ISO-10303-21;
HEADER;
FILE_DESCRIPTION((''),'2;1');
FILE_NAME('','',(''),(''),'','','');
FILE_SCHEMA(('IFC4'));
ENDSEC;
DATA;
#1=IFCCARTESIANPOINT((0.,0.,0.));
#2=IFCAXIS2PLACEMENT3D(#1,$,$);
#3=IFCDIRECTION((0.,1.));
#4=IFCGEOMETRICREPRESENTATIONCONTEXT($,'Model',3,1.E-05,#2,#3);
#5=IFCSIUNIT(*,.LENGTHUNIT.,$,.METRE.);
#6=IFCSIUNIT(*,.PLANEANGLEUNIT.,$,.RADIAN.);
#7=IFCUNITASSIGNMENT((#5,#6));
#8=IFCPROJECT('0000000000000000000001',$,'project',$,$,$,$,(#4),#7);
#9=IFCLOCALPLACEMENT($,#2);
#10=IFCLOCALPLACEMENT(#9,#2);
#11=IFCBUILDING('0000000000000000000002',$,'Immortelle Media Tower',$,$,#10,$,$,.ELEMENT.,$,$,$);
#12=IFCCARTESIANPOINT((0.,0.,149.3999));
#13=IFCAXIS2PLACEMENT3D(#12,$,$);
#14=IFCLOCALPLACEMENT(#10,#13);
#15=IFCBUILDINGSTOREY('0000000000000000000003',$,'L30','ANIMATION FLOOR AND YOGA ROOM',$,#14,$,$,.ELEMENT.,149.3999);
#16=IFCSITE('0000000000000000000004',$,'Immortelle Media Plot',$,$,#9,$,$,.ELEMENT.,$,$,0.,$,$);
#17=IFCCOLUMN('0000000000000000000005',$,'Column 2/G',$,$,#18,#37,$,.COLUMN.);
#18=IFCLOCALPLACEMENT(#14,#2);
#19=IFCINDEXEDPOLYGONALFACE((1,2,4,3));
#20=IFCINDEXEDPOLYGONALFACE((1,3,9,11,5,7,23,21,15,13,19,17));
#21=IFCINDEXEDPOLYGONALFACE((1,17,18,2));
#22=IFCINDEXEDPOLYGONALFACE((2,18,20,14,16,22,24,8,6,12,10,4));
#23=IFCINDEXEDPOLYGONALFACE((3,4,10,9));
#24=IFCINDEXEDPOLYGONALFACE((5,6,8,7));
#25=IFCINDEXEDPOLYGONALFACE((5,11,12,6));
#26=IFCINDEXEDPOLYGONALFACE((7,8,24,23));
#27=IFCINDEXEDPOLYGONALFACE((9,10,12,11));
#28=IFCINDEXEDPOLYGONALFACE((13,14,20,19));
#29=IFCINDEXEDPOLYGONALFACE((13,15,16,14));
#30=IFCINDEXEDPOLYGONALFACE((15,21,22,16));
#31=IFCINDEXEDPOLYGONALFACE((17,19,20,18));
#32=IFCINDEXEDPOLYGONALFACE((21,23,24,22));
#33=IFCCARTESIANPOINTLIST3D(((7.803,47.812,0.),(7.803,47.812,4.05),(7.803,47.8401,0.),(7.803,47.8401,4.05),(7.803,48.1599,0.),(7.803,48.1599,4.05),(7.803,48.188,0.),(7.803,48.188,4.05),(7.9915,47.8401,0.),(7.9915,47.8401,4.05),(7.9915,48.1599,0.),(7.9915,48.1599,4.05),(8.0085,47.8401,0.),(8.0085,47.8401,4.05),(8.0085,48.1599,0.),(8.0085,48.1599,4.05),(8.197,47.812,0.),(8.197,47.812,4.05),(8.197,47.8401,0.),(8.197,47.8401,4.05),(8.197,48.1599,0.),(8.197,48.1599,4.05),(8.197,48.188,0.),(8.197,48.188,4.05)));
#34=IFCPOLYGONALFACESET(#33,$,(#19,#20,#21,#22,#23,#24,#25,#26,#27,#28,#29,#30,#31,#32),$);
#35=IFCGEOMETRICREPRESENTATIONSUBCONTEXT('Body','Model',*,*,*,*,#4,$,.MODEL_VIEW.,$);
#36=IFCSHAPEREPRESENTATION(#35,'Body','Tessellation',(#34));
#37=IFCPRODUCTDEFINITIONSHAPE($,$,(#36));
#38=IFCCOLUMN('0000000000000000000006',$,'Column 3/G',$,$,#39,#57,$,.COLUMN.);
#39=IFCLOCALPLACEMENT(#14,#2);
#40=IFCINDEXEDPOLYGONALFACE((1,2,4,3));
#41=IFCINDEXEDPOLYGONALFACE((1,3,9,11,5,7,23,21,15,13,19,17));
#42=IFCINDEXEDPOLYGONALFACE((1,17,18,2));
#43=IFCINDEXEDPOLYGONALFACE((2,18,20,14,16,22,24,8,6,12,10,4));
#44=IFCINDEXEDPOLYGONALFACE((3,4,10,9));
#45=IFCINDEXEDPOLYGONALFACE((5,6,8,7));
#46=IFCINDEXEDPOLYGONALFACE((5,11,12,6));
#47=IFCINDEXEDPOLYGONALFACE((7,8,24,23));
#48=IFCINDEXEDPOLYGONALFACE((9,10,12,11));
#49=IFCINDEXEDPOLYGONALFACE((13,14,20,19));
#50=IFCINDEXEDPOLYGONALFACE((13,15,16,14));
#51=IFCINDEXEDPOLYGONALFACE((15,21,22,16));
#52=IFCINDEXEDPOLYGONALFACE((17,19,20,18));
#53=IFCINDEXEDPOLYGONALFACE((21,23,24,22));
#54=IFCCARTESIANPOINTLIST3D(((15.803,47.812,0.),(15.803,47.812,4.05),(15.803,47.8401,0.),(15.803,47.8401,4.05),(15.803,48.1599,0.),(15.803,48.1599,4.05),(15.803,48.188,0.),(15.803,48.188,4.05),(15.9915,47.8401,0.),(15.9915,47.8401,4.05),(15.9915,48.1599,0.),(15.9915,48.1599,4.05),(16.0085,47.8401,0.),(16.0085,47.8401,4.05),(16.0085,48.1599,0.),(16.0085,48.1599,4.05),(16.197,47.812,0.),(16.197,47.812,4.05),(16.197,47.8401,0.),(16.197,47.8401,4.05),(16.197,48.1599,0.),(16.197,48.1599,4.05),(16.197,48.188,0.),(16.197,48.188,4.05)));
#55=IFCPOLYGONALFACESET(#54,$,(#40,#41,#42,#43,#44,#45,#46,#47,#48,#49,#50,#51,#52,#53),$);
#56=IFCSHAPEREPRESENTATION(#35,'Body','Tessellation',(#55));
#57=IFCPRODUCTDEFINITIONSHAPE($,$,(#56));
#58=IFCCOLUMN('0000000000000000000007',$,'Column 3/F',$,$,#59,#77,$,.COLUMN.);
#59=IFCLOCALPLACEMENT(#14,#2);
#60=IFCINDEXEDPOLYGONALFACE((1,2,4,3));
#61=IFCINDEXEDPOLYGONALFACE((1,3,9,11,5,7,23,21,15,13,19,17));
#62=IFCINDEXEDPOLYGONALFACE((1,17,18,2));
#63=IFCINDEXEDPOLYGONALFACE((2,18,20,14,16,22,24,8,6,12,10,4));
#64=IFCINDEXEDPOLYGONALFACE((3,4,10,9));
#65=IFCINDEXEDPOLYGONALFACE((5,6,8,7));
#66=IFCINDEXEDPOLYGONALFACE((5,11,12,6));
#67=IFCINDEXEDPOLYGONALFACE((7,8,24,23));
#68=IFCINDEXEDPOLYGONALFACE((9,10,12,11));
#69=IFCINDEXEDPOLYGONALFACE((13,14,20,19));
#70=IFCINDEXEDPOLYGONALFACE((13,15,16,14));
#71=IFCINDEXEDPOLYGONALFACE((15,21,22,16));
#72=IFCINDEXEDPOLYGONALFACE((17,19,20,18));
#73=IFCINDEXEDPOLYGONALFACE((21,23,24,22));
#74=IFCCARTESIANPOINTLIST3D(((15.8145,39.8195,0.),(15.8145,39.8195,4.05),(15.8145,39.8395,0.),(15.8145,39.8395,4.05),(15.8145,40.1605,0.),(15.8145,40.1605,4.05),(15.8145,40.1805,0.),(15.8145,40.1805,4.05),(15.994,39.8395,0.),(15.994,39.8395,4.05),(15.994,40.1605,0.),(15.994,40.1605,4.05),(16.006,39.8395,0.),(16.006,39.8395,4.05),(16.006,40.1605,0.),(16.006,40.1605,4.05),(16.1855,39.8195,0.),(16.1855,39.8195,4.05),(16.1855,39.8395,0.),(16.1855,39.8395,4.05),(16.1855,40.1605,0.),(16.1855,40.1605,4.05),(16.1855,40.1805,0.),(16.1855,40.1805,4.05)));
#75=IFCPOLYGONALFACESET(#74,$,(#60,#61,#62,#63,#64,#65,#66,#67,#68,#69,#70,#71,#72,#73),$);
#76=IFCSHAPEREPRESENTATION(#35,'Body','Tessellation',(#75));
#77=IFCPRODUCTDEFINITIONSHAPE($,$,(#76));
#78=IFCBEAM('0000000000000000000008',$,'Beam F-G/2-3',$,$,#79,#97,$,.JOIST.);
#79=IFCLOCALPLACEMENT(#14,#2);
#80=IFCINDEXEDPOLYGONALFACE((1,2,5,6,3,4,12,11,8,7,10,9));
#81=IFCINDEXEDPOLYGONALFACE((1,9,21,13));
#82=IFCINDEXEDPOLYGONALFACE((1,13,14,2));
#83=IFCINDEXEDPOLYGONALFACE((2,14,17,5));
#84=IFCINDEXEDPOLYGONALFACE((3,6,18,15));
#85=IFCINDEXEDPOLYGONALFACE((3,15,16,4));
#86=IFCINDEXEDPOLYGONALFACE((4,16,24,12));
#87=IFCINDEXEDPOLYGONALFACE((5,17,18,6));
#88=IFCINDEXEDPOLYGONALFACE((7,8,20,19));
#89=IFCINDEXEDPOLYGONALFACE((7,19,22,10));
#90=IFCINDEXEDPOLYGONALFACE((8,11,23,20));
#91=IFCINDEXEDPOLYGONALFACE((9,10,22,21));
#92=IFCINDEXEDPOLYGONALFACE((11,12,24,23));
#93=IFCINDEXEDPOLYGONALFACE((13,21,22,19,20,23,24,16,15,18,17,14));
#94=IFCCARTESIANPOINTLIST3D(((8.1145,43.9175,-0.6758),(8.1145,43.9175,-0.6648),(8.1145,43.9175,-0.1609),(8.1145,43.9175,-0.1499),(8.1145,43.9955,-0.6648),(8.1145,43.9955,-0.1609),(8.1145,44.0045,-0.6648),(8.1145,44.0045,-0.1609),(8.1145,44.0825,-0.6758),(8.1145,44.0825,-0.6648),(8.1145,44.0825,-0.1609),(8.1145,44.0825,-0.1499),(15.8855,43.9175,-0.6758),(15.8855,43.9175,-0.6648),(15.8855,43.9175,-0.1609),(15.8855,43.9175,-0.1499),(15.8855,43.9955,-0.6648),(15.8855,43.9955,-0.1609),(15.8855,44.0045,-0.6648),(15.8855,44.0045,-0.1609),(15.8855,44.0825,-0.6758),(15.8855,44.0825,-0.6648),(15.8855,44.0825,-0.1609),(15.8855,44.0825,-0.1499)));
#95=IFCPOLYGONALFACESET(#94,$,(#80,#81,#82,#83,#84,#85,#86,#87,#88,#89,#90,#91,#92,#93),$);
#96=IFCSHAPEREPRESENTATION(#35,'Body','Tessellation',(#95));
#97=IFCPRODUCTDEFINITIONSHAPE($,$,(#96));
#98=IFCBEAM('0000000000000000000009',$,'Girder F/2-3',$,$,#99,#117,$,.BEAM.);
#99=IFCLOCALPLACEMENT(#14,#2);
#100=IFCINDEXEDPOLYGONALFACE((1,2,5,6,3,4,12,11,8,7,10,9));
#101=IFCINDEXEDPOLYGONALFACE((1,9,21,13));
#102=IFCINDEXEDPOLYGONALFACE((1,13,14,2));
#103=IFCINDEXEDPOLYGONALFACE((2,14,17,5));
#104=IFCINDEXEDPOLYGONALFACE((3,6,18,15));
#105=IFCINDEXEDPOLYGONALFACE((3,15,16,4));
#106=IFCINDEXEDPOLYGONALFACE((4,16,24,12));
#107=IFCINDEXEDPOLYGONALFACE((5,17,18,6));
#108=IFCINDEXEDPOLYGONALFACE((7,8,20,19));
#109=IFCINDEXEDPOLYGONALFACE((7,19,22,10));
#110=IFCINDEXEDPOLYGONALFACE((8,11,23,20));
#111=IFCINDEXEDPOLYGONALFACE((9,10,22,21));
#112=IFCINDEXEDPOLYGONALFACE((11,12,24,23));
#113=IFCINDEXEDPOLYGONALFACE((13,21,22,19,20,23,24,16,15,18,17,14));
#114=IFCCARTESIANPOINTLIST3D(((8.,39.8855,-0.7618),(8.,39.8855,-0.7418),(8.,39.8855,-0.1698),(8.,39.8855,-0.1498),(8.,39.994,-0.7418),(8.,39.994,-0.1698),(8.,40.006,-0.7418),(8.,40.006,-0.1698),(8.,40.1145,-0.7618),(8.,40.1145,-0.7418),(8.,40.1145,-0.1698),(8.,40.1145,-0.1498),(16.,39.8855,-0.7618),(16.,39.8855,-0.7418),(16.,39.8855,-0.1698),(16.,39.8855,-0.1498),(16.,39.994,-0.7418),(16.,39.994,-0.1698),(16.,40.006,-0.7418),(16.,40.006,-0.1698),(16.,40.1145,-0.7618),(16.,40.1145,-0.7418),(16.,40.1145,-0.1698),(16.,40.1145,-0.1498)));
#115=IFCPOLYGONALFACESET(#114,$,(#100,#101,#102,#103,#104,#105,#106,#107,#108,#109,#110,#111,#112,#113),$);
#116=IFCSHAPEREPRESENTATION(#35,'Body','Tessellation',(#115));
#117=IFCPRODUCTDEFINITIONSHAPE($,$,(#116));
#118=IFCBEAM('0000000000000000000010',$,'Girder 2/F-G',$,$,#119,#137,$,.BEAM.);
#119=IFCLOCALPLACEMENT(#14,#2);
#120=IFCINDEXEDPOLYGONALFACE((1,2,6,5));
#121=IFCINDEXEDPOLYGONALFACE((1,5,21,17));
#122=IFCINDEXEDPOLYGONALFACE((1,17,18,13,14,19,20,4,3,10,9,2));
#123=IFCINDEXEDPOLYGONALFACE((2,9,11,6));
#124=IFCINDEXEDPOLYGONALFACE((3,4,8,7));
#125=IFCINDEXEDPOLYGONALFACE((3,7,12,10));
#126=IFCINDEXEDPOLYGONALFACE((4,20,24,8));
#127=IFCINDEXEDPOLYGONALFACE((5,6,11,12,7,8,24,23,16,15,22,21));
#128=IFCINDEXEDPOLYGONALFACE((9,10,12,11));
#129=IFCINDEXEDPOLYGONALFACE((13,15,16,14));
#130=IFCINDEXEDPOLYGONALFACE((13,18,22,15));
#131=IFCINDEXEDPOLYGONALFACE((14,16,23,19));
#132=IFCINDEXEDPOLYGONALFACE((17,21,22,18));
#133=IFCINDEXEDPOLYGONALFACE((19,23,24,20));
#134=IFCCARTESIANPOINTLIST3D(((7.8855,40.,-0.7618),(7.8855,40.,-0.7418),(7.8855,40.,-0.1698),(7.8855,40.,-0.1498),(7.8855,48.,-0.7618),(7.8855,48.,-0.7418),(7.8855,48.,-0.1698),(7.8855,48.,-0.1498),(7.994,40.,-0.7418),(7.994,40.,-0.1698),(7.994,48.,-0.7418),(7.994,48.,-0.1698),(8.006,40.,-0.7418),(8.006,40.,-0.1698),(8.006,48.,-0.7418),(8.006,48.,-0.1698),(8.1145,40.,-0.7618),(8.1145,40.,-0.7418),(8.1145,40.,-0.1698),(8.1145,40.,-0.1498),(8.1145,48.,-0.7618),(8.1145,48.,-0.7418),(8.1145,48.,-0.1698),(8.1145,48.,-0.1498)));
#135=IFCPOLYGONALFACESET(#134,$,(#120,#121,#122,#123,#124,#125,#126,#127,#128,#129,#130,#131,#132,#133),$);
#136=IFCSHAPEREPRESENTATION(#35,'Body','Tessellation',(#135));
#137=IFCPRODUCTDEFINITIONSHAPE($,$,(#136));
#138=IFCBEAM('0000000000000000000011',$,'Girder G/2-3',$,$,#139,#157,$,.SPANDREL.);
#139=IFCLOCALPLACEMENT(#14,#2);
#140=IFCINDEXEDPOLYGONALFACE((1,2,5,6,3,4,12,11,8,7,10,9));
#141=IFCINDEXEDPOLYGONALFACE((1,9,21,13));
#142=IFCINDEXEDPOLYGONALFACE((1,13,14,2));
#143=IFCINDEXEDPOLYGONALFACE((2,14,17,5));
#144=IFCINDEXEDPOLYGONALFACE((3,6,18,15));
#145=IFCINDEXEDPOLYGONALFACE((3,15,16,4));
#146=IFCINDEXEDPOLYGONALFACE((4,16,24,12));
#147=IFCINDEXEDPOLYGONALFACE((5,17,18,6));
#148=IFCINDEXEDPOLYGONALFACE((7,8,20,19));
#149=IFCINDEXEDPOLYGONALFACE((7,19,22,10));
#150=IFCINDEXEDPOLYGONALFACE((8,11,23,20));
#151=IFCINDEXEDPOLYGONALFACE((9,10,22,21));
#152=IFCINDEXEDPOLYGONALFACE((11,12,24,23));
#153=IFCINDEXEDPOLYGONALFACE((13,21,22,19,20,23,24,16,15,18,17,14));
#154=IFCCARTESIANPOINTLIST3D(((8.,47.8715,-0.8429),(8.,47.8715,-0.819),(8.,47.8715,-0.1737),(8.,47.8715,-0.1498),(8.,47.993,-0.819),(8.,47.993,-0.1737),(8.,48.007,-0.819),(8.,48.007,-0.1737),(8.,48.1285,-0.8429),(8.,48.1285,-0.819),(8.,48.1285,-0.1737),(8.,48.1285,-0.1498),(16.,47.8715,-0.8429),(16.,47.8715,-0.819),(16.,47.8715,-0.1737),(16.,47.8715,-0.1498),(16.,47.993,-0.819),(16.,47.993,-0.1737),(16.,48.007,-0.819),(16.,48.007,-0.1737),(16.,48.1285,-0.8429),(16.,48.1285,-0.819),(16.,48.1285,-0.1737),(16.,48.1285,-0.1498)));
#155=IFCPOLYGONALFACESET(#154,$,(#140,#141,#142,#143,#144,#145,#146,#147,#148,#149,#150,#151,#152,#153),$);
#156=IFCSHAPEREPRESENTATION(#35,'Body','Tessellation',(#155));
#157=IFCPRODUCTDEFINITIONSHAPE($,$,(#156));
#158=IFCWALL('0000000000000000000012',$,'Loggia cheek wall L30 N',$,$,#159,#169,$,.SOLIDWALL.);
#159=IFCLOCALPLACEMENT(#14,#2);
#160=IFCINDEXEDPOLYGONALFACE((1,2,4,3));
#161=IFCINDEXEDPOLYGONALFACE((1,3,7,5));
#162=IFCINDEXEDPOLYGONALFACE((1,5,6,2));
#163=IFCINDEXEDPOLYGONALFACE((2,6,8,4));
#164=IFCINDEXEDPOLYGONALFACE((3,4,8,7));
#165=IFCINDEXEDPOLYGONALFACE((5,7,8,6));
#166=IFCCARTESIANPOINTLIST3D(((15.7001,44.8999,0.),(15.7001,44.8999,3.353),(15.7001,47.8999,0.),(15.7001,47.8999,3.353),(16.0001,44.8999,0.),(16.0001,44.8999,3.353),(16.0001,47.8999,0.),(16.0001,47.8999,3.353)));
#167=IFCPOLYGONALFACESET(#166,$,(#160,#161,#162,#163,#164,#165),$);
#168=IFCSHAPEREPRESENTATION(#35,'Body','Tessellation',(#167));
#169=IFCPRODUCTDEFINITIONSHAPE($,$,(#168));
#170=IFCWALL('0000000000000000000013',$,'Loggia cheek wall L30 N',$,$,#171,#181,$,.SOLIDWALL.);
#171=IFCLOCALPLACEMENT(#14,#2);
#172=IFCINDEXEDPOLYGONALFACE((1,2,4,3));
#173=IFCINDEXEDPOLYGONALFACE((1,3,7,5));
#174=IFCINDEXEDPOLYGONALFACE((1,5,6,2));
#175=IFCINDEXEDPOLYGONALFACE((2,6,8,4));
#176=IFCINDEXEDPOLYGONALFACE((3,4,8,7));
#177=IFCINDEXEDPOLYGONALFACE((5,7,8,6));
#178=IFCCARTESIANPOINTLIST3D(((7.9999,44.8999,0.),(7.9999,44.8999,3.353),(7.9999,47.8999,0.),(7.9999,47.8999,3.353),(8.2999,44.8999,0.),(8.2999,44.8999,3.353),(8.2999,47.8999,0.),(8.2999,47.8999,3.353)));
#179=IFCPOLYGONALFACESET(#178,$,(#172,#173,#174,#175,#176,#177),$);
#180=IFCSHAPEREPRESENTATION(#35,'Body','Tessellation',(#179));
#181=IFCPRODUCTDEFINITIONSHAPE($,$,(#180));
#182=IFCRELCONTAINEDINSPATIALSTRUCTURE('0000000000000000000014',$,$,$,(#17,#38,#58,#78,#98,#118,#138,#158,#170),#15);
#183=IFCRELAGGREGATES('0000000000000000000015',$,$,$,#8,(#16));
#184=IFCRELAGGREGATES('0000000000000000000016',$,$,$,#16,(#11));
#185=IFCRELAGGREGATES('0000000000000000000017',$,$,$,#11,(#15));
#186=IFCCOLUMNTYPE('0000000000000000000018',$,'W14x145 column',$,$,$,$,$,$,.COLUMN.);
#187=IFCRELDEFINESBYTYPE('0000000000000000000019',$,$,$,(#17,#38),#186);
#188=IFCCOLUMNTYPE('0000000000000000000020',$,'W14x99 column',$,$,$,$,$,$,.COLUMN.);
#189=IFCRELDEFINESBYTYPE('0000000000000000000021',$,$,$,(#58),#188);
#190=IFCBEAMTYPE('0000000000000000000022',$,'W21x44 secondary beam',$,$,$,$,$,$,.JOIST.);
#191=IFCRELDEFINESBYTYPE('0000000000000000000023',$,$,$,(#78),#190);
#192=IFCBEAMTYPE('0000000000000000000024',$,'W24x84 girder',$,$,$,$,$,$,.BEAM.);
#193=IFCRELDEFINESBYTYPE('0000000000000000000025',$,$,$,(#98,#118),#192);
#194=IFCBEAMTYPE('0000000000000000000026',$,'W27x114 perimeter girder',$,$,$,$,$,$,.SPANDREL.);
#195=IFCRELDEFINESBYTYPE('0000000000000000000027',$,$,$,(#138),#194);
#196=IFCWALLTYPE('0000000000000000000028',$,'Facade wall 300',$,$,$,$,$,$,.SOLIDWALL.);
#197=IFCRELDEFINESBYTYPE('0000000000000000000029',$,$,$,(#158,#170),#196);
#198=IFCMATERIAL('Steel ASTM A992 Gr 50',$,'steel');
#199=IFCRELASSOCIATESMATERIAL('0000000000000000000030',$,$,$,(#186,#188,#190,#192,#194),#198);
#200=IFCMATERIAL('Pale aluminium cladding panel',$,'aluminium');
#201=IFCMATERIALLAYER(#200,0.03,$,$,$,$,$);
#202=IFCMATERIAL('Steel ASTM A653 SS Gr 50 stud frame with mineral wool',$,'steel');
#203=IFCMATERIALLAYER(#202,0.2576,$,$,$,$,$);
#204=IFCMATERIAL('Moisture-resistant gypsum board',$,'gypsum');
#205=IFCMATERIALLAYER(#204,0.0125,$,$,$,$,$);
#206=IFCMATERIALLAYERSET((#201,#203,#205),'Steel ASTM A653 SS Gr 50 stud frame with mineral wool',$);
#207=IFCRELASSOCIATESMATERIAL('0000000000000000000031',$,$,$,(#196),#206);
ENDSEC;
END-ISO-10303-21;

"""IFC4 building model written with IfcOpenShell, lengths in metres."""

from ifc_helpers import new_model, si_unit, direction, frame, frame_2d, origin, origin_2d, place, context, subcontext, project, spatial, rectangle, i_section, extrude, material, layer, layer_set, material_profile, profile_set, type_object, element, save


model = new_model("IFC4")

# Units and contexts
model_context = context("Model", 3, precision=1e-05, world=origin(), true_north=direction((0.0, 1.0)))
body_context = subcontext(model_context, "Body", "Model", "MODEL_VIEW")
ifc_project = project(units=[si_unit("LENGTHUNIT", "METRE"), si_unit("PLANEANGLEUNIT", "RADIAN")], contexts=[model_context])

# Site, building, storey
site_placement = place(None, origin())
site = spatial("IfcSite", under=ifc_project, at=site_placement, Name="Immortelle Media Plot", CompositionType="ELEMENT", RefElevation=0.0)
building_placement = place(site_placement, origin())
building = spatial("IfcBuilding", under=site, at=building_placement, Name="Immortelle Media Tower", CompositionType="ELEMENT")
storey_placement = place(building_placement, frame((0.0, 0.0, 149.3999)))
storey = spatial("IfcBuildingStorey", under=building, at=storey_placement, Name="L30", Description="ANIMATION FLOOR AND YOGA ROOM", CompositionType="ELEMENT", Elevation=149.3999)

# Columns
ifc_material_1 = material(Name="Steel ASTM A992 Gr 50", Category="steel")
ifc_material_profile_1 = material_profile(ifc_material_1, i_section(OverallWidth=0.394, OverallDepth=0.376, WebThickness=0.0171, FlangeThickness=0.0281, at=origin_2d()), Name="W14x145")
ifc_profile_set_1 = profile_set([ifc_material_profile_1], Name="Steel ASTM A992 Gr 50")
column_type_1 = type_object("IfcColumnType", Name="W14x145 column", PredefinedType="COLUMN", material=ifc_profile_set_1)
for number, where, z_axis, x_axis, name in (
    (1, (8.0, 48.0, 0.0), (0.0, 0.0, 1.0), (1.0, 0.0, 0.0), "Column 2/G"),
    (2, (16.0, 48.0, 0.0), (0.0, 0.0, 1.0), (1.0, 0.0, 0.0), "Column 3/G"),
):
    element("IfcColumn", number, at=place(storey_placement, frame(where, z_axis=z_axis, x_axis=x_axis)), inside=storey, type_object=column_type_1, Name=name, PredefinedType="COLUMN", context=body_context, shape_type="SweptSolid", body=[
        extrude(i_section(OverallWidth=0.394, OverallDepth=0.376, WebThickness=0.0171, FlangeThickness=0.0281, at=origin_2d()), origin(), (0.0, 0.0, 1.0), 4.05),
    ])
ifc_material_profile_2 = material_profile(ifc_material_1, i_section(OverallWidth=0.3711, OverallDepth=0.3611, WebThickness=0.012, FlangeThickness=0.02, at=origin_2d()), Name="W14x99")
ifc_profile_set_2 = profile_set([ifc_material_profile_2], Name="Steel ASTM A992 Gr 50")
column_type_2 = type_object("IfcColumnType", Name="W14x99 column", PredefinedType="COLUMN", material=ifc_profile_set_2)
column_placement = place(storey_placement, frame((16.0, 40.0, 0.0), z_axis=(0.0, 0.0, 1.0), x_axis=(1.0, 0.0, 0.0)))
element("IfcColumn", 3, at=column_placement, inside=storey, type_object=column_type_2, Name="Column 3/F", PredefinedType="COLUMN", context=body_context, shape_type="SweptSolid", body=[
    extrude(i_section(OverallWidth=0.3711, OverallDepth=0.3611, WebThickness=0.012, FlangeThickness=0.02, at=origin_2d()), origin(), (0.0, 0.0, 1.0), 4.05),
])

# Beams
ifc_material_profile_3 = material_profile(ifc_material_1, i_section(OverallWidth=0.165, OverallDepth=0.5259, WebThickness=0.009, FlangeThickness=0.011, at=origin_2d()), Name="W21x44")
ifc_profile_set_3 = profile_set([ifc_material_profile_3], Name="Steel ASTM A992 Gr 50")
beam_type_1 = type_object("IfcBeamType", Name="W21x44 secondary beam", PredefinedType="JOIST", material=ifc_profile_set_3)
beam_1_placement = place(storey_placement, frame((8.1145, 44.0, -0.4128), z_axis=(1.0, 0.0, 0.0), x_axis=(0.0, 1.0, 0.0)))
element("IfcBeam", 4, at=beam_1_placement, inside=storey, type_object=beam_type_1, Name="Beam F-G/2-3", PredefinedType="JOIST", context=body_context, shape_type="SweptSolid", body=[
    extrude(i_section(OverallWidth=0.165, OverallDepth=0.5259, WebThickness=0.009, FlangeThickness=0.011, at=origin_2d()), origin(), (0.0, 0.0, 1.0), 7.771),
])
ifc_material_profile_4 = material_profile(ifc_material_1, i_section(OverallWidth=0.229, OverallDepth=0.6121, WebThickness=0.012, FlangeThickness=0.02, at=origin_2d()), Name="W24x84")
ifc_profile_set_4 = profile_set([ifc_material_profile_4], Name="Steel ASTM A992 Gr 50")
beam_type_2 = type_object("IfcBeamType", Name="W24x84 girder", PredefinedType="BEAM", material=ifc_profile_set_4)
for number, where, z_axis, x_axis, name in (
    (5, (8.0, 40.0, -0.4558), (1.0, 0.0, 0.0), (0.0, 1.0, 0.0), "Girder F/2-3"),
    (6, (8.0, 40.0, -0.4558), (0.0, 1.0, 0.0), (-1.0, 0.0, 0.0), "Girder 2/F-G"),
):
    element("IfcBeam", number, at=place(storey_placement, frame(where, z_axis=z_axis, x_axis=x_axis)), inside=storey, type_object=beam_type_2, Name=name, PredefinedType="BEAM", context=body_context, shape_type="SweptSolid", body=[
        extrude(i_section(OverallWidth=0.229, OverallDepth=0.6121, WebThickness=0.012, FlangeThickness=0.02, at=origin_2d()), origin(), (0.0, 0.0, 1.0), 8.0),
    ])
ifc_material_profile_5 = material_profile(ifc_material_1, i_section(OverallWidth=0.2571, OverallDepth=0.6931, WebThickness=0.0139, FlangeThickness=0.0239, at=origin_2d()), Name="W27x114")
ifc_profile_set_5 = profile_set([ifc_material_profile_5], Name="Steel ASTM A992 Gr 50")
beam_type_3 = type_object("IfcBeamType", Name="W27x114 perimeter girder", PredefinedType="SPANDREL", material=ifc_profile_set_5)
beam_2_placement = place(storey_placement, frame((8.0, 48.0, -0.4963), z_axis=(1.0, 0.0, 0.0), x_axis=(0.0, 1.0, 0.0)))
element("IfcBeam", 7, at=beam_2_placement, inside=storey, type_object=beam_type_3, Name="Girder G/2-3", PredefinedType="SPANDREL", context=body_context, shape_type="SweptSolid", body=[
    extrude(i_section(OverallWidth=0.2571, OverallDepth=0.6931, WebThickness=0.0139, FlangeThickness=0.0239, at=origin_2d()), origin(), (0.0, 0.0, 1.0), 8.0),
])

# Shared definitions
ifc_material_2 = material(Name="Pale aluminium cladding panel", Category="aluminium")
ifc_layer_1 = layer(ifc_material_2, 0.03)
ifc_material_3 = material(Name="Steel ASTM A653 SS Gr 50 stud frame with mineral wool", Category="steel")
ifc_layer_2 = layer(ifc_material_3, 0.2576)
ifc_material_4 = material(Name="Moisture-resistant gypsum board", Category="gypsum")
ifc_layer_3 = layer(ifc_material_4, 0.0125)
ifc_layer_set_1 = layer_set([ifc_layer_1, ifc_layer_2, ifc_layer_3], Name="Steel ASTM A653 SS Gr 50 stud frame with mineral wool")
wall_type = type_object("IfcWallType", Name="Facade wall 300", PredefinedType="SOLIDWALL", material=ifc_layer_set_1)

# Walls
for number, where, z_axis, x_axis, name in (
    (8, (15.8501, 47.8999, 0.0), (0.0, 0.0, 1.0), (0.0, -1.0, 0.0), "Loggia cheek wall L30 N"),
    (9, (8.1499, 47.8999, 0.0), (0.0, 0.0, 1.0), (0.0, -1.0, 0.0), "Loggia cheek wall L30 N"),
):
    element("IfcWall", number, at=place(storey_placement, frame(where, z_axis=z_axis, x_axis=x_axis)), inside=storey, type_object=wall_type, Name=name, PredefinedType="SOLIDWALL", context=body_context, shape_type="SweptSolid", body=[
        extrude(rectangle(XDim=3.0, YDim=0.3, at=frame_2d((1.5, 0.0))), origin(), (0.0, 0.0, 1.0), 3.353),
    ])

save(model, "model.ifc")
